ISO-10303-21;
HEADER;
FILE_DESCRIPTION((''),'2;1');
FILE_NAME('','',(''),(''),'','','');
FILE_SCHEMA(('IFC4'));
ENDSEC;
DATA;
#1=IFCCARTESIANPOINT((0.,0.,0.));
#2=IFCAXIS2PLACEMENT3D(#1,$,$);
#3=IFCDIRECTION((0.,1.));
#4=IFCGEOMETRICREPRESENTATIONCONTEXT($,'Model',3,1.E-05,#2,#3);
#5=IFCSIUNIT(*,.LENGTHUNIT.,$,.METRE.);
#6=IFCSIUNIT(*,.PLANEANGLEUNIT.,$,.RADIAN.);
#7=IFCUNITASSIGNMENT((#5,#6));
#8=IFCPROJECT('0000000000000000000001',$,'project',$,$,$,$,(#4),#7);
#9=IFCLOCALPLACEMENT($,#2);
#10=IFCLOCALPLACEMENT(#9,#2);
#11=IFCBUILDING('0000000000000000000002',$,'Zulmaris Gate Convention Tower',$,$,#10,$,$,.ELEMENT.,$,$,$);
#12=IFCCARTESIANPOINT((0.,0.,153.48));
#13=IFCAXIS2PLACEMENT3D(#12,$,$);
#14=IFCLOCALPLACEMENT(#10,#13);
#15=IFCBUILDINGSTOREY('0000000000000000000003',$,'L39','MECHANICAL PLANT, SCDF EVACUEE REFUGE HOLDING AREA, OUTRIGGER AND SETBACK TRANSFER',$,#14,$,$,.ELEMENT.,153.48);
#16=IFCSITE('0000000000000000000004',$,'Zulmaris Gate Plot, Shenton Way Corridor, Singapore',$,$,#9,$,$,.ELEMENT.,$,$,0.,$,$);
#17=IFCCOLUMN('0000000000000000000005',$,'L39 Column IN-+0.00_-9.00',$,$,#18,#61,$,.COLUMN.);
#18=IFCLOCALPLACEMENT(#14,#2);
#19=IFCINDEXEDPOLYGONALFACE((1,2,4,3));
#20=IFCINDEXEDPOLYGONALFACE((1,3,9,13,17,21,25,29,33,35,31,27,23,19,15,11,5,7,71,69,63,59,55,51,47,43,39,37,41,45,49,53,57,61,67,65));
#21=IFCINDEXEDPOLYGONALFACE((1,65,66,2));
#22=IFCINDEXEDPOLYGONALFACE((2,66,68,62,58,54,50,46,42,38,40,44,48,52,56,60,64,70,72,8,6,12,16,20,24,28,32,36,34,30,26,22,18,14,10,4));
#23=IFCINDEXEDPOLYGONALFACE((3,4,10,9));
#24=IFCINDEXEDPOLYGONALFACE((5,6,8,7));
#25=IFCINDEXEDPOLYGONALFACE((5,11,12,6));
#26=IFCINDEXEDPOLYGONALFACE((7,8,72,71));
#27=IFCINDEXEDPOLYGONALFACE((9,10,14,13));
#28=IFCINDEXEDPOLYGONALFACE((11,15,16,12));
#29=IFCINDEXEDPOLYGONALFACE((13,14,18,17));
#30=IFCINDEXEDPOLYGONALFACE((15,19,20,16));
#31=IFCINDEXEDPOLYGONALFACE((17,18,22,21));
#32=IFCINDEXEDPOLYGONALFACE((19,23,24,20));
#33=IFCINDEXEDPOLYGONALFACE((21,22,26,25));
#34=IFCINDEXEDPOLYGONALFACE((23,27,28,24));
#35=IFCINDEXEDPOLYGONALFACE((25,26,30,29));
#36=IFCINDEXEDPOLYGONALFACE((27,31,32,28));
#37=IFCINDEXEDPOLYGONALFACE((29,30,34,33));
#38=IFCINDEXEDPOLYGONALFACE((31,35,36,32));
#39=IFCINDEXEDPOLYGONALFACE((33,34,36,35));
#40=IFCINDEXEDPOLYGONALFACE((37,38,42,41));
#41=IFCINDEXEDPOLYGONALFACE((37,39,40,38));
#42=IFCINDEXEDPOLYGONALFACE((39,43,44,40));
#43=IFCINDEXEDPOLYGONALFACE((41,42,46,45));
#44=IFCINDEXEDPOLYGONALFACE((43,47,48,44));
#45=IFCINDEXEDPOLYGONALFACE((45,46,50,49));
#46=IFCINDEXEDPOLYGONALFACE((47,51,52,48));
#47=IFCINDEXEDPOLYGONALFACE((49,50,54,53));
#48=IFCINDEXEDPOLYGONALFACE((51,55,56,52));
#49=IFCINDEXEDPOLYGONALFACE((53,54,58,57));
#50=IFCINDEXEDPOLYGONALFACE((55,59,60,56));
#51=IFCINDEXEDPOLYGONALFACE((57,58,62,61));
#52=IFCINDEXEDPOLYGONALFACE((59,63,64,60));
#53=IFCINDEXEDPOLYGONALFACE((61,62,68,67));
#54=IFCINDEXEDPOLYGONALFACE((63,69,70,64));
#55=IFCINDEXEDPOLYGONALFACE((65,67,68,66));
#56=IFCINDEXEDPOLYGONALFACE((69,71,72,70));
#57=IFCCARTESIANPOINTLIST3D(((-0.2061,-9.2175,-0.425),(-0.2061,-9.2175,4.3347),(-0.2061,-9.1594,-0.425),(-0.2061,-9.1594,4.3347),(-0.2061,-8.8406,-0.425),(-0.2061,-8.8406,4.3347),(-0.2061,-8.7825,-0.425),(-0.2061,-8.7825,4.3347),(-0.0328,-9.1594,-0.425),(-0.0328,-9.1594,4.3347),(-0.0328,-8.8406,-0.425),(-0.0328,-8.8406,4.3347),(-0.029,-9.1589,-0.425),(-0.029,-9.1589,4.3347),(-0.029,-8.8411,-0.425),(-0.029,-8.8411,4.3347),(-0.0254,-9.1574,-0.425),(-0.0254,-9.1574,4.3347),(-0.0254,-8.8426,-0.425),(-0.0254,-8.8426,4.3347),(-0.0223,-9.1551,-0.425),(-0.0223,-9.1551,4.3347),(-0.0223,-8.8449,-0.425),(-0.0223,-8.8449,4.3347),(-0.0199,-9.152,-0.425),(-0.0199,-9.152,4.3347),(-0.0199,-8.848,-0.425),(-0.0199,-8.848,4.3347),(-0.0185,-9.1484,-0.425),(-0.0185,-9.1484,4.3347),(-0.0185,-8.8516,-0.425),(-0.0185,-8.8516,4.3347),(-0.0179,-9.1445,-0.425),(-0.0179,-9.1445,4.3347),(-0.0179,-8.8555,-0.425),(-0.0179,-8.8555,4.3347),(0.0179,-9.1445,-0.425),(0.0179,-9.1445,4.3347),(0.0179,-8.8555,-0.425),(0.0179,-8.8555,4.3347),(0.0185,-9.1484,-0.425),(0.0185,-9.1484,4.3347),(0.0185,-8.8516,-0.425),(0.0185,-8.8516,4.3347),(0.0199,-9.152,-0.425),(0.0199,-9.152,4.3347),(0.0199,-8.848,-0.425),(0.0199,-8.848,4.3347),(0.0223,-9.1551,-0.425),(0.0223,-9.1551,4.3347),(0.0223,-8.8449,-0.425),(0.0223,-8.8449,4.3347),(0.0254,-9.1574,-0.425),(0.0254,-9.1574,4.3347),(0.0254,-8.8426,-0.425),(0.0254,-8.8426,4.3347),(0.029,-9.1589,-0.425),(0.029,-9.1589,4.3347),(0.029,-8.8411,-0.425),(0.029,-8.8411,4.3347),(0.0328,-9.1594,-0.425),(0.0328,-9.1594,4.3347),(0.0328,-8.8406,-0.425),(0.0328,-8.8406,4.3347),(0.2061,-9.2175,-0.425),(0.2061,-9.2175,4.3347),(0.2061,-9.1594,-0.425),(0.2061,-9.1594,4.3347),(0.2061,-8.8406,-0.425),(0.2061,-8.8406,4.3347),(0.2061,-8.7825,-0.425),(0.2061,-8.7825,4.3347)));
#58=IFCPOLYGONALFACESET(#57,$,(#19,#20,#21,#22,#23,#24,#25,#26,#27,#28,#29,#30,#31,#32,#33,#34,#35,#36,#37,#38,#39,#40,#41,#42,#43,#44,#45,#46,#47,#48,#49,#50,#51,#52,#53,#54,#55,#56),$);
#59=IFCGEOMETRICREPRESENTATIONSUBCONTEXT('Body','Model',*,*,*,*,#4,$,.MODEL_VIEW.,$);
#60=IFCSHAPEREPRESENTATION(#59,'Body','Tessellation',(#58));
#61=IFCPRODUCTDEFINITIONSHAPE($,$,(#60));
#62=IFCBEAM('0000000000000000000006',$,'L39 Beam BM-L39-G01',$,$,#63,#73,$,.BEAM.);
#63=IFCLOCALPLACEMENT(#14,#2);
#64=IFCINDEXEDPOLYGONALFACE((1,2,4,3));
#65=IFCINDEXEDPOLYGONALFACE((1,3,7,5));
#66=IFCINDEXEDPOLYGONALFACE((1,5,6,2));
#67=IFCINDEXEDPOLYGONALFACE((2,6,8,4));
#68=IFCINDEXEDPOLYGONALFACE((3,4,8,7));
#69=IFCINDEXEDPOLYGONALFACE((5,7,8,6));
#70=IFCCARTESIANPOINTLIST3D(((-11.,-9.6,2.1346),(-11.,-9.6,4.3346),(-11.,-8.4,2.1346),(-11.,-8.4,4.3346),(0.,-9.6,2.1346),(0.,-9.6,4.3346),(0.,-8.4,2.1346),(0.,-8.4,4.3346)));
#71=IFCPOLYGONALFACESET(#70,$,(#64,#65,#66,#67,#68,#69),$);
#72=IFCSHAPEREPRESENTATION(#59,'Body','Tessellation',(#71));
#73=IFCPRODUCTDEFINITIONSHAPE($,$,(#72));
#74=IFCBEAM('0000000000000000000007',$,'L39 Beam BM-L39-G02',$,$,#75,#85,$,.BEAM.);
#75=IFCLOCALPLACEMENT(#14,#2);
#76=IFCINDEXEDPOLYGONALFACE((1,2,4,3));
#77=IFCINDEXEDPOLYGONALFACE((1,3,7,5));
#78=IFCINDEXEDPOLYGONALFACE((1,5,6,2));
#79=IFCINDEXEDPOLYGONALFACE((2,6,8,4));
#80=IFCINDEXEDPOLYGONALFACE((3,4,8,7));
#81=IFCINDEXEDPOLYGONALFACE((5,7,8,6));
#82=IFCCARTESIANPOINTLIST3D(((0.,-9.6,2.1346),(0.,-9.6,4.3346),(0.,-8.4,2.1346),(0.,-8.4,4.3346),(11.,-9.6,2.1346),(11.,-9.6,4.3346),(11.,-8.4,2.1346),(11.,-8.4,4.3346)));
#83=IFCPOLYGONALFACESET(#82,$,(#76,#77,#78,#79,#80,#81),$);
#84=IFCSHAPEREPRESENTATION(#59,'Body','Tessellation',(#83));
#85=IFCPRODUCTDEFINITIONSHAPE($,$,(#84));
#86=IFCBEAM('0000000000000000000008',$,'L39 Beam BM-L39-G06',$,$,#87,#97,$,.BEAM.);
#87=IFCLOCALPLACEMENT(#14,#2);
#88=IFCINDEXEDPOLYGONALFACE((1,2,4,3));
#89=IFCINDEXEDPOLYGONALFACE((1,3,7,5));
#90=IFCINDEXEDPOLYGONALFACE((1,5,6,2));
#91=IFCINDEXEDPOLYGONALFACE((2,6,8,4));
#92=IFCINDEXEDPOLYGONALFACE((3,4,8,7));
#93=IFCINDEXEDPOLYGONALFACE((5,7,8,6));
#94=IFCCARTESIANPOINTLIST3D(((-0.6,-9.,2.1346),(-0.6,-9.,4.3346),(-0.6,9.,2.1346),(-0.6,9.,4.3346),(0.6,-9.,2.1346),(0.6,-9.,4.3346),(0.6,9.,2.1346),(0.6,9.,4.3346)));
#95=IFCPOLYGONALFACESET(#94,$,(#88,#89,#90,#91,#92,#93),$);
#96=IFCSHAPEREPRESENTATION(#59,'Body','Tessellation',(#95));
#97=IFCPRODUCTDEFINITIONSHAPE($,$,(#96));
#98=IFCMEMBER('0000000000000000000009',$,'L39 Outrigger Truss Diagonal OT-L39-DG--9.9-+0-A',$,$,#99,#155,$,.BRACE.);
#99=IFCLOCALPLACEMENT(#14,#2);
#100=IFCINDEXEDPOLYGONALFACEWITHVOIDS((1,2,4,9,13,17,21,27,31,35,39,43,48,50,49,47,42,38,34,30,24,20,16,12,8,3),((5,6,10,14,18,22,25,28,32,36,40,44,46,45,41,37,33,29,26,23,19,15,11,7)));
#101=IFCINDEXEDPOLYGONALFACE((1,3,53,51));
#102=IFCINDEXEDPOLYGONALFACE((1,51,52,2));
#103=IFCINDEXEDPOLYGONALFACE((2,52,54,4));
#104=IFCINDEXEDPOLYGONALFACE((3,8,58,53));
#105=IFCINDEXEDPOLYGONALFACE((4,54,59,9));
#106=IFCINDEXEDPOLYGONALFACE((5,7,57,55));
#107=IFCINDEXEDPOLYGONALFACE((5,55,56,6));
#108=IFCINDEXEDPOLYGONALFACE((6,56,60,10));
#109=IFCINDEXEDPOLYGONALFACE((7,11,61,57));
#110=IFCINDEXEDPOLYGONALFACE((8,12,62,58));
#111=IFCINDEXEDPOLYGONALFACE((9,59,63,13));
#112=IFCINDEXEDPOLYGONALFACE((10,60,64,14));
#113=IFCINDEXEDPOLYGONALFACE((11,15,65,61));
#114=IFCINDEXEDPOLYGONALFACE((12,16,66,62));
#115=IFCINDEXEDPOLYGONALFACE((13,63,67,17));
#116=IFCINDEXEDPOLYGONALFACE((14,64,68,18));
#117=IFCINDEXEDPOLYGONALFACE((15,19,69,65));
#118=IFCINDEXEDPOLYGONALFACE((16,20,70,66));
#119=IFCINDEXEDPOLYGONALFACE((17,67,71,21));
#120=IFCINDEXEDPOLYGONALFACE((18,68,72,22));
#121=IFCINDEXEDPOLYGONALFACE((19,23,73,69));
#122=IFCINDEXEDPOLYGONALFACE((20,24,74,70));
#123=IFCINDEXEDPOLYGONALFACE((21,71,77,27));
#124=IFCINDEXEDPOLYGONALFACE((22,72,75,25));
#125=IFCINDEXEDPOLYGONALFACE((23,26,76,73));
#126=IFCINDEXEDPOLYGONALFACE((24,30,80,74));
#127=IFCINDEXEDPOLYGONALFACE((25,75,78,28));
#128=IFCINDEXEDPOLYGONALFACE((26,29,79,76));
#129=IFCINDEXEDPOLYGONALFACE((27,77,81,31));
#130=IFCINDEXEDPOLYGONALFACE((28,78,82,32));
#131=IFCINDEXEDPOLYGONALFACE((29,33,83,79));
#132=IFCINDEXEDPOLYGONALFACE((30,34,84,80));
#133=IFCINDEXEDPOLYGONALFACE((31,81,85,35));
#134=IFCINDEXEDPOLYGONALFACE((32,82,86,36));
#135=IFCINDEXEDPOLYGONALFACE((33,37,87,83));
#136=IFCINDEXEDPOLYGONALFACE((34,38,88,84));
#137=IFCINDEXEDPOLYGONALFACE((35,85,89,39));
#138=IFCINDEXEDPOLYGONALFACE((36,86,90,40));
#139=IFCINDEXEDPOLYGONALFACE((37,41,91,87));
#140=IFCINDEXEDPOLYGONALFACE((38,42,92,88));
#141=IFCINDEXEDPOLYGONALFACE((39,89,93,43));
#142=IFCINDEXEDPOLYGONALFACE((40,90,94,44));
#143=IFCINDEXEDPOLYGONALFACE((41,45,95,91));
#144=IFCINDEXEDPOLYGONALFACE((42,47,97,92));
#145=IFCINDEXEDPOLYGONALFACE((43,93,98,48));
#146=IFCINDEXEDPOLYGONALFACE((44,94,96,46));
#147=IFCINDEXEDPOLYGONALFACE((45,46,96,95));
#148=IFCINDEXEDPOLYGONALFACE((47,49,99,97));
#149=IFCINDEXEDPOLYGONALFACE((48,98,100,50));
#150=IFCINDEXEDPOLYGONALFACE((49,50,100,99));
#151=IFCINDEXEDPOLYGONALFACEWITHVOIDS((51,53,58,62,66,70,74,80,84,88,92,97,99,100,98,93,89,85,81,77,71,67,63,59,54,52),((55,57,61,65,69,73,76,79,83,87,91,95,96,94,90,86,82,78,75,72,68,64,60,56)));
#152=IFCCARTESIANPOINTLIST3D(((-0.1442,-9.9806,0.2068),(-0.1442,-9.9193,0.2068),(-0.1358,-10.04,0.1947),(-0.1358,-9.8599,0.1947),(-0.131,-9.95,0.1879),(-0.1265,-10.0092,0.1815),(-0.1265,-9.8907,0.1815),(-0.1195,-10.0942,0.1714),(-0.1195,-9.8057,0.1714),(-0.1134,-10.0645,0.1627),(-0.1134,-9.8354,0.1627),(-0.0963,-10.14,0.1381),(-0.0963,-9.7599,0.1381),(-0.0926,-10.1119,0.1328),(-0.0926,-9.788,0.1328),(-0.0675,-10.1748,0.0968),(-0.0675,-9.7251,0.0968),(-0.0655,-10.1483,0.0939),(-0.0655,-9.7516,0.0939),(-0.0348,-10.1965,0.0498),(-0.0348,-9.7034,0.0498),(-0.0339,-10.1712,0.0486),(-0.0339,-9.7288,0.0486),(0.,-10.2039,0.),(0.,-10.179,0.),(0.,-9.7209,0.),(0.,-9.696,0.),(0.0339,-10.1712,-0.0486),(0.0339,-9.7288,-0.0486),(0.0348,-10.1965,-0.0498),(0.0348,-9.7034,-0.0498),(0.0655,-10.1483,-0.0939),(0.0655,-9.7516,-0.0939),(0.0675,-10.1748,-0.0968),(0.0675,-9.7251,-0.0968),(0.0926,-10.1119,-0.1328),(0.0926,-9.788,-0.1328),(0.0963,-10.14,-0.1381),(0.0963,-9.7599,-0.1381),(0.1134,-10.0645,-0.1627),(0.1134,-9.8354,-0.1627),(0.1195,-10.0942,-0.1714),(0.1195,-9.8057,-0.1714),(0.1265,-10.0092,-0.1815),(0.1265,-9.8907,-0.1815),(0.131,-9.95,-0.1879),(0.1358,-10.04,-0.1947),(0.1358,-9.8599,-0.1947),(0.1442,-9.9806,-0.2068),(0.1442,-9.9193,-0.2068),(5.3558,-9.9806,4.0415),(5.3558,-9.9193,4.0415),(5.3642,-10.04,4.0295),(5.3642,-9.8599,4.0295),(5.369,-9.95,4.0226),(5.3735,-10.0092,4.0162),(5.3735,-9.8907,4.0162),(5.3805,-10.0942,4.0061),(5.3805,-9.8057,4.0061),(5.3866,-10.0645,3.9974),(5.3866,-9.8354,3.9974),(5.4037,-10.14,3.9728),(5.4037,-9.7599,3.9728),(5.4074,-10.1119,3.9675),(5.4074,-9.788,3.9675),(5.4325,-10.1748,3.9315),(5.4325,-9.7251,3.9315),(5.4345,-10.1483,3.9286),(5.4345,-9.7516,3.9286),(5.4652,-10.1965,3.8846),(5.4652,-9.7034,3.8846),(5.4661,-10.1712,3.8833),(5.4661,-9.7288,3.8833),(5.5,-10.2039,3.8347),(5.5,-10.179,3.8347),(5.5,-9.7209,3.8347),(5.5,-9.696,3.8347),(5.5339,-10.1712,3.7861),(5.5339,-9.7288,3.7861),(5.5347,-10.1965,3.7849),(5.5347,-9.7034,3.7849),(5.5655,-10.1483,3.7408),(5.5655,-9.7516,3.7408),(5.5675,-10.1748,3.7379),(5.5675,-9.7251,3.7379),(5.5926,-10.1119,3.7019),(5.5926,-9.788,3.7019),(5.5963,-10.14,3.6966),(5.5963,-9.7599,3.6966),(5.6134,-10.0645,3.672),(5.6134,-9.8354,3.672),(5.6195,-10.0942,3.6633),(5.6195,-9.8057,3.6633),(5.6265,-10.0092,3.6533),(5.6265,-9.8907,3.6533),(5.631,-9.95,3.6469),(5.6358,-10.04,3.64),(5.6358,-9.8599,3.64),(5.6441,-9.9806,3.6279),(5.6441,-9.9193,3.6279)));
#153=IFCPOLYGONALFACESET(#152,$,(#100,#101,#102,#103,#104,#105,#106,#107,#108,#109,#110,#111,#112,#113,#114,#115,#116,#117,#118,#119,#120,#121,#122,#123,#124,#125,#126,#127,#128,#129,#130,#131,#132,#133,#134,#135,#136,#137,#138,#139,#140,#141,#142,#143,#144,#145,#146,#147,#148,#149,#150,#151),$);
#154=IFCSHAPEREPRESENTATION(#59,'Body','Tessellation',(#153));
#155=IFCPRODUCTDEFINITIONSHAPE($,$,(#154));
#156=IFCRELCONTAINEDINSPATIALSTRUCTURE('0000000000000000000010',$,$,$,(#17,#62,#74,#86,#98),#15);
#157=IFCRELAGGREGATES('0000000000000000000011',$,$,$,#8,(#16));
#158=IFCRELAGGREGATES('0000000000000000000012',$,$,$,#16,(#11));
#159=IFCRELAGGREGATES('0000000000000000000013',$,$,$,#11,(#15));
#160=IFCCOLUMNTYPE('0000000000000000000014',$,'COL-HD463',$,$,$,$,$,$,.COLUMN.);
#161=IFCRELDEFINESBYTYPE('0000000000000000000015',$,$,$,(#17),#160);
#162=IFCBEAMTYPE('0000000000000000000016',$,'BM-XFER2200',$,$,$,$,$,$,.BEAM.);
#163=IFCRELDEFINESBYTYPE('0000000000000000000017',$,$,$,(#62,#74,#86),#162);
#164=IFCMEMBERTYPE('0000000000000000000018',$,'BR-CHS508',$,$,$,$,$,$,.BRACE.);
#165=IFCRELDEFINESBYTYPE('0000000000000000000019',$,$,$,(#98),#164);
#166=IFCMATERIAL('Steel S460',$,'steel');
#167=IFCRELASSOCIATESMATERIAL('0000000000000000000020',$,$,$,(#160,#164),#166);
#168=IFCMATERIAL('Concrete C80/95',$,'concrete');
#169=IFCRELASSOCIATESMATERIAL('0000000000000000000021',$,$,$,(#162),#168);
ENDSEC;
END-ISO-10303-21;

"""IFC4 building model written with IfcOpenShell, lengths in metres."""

from ifc_helpers import new_model, si_unit, direction, frame, origin, origin_2d, place, context, subcontext, project, spatial, rectangle, hollow_circle, i_section, extrude, material, material_profile, profile_set, type_object, element, save


model = new_model("IFC4")

# Units and contexts
model_context = context("Model", 3, precision=1e-05, world=origin(), true_north=direction((0.0, 1.0)))
body_context = subcontext(model_context, "Body", "Model", "MODEL_VIEW")
ifc_project = project(units=[si_unit("LENGTHUNIT", "METRE"), si_unit("PLANEANGLEUNIT", "RADIAN")], contexts=[model_context])

# Site, building, storey
site_placement = place(None, origin())
site = spatial("IfcSite", under=ifc_project, at=site_placement, Name="Zulmaris Gate Plot, Shenton Way Corridor, Singapore", CompositionType="ELEMENT", RefElevation=0.0)
building_placement = place(site_placement, origin())
building = spatial("IfcBuilding", under=site, at=building_placement, Name="Zulmaris Gate Convention Tower", CompositionType="ELEMENT")
storey_placement = place(building_placement, frame((0.0, 0.0, 153.48)))
storey = spatial("IfcBuildingStorey", under=building, at=storey_placement, Name="L39", Description="MECHANICAL PLANT, SCDF EVACUEE REFUGE HOLDING AREA, OUTRIGGER AND SETBACK TRANSFER", CompositionType="ELEMENT", Elevation=153.48)

# Column
ifc_material_1 = material(Name="Steel S460", Category="steel")
ifc_material_profile_1 = material_profile(ifc_material_1, i_section(OverallWidth=0.4121, OverallDepth=0.4351, WebThickness=0.0359, FlangeThickness=0.0581, FilletRadius=0.0149, at=origin_2d()), Name="HD 400x463")
ifc_profile_set_1 = profile_set([ifc_material_profile_1], Name="Steel S460")
column_type = type_object("IfcColumnType", Name="COL-HD463", PredefinedType="COLUMN", material=ifc_profile_set_1)
column_placement = place(storey_placement, frame((0.0, -9.0, -0.425), z_axis=(0.0, 0.0, 1.0), x_axis=(1.0, 0.0, 0.0)))
element("IfcColumn", 1, at=column_placement, inside=storey, type_object=column_type, Name="L39 Column IN-+0.00_-9.00", PredefinedType="COLUMN", context=body_context, shape_type="SweptSolid", body=[
    extrude(i_section(OverallWidth=0.4121, OverallDepth=0.4351, WebThickness=0.0359, FlangeThickness=0.0581, FilletRadius=0.0149, at=origin_2d()), origin(), (0.0, 0.0, 1.0), 4.7598),
])

# Beams
ifc_material_2 = material(Name="Concrete C80/95", Category="concrete")
ifc_material_profile_2 = material_profile(ifc_material_2, rectangle(XDim=1.2, YDim=2.2, at=origin_2d()), Name="RC TRANSFER 1200x2200")
ifc_profile_set_2 = profile_set([ifc_material_profile_2], Name="Concrete C80/95")
beam_type = type_object("IfcBeamType", Name="BM-XFER2200", PredefinedType="BEAM", material=ifc_profile_set_2)
for number, where, z_axis, x_axis, name in (
    (2, (-11.0, -9.0, 3.2346), (1.0, 0.0, 0.0), (0.0, 1.0, 0.0), "L39 Beam BM-L39-G01"),
    (3, (0.0, -9.0, 3.2346), (1.0, 0.0, 0.0), (0.0, 1.0, 0.0), "L39 Beam BM-L39-G02"),
):
    element("IfcBeam", number, at=place(storey_placement, frame(where, z_axis=z_axis, x_axis=x_axis)), inside=storey, type_object=beam_type, Name=name, PredefinedType="BEAM", context=body_context, shape_type="SweptSolid", body=[
        extrude(rectangle(XDim=1.2, YDim=2.2, at=origin_2d()), origin(), (0.0, 0.0, 1.0), 11.0),
    ])
beam_placement = place(storey_placement, frame((0.0, -9.0, 3.2346), z_axis=(0.0, 1.0, 0.0), x_axis=(-1.0, 0.0, 0.0)))
element("IfcBeam", 4, at=beam_placement, inside=storey, type_object=beam_type, Name="L39 Beam BM-L39-G06", PredefinedType="BEAM", context=body_context, shape_type="SweptSolid", body=[
    extrude(rectangle(XDim=1.2, YDim=2.2, at=origin_2d()), origin(), (0.0, 0.0, 1.0), 18.0),
])

# Member
ifc_material_profile_3 = material_profile(ifc_material_1, hollow_circle(Radius=0.2539, WallThickness=0.0249, at=origin_2d()), Name="CHS 508x25")
ifc_profile_set_3 = profile_set([ifc_material_profile_3], Name="Steel S460")
member_type_1 = type_object("IfcMemberType", Name="BR-CHS508", PredefinedType="BRACE", material=ifc_profile_set_3)
member_1_placement = place(storey_placement, frame((0.0, -9.95, 0.0), z_axis=(0.820301, 0.0, 0.571932), x_axis=(0.0, 1.0, 0.0)))
element("IfcMember", 5, at=member_1_placement, inside=storey, type_object=member_type_1, Name="L39 Outrigger Truss Diagonal OT-L39-DG--9.9-+0-A", PredefinedType="BRACE", context=body_context, shape_type="SweptSolid", body=[
    extrude(hollow_circle(Radius=0.2539, WallThickness=0.0249, at=origin_2d()), origin(), (0.0, 0.0, 1.0), 6.7048),
])

save(model, "model.ifc")
